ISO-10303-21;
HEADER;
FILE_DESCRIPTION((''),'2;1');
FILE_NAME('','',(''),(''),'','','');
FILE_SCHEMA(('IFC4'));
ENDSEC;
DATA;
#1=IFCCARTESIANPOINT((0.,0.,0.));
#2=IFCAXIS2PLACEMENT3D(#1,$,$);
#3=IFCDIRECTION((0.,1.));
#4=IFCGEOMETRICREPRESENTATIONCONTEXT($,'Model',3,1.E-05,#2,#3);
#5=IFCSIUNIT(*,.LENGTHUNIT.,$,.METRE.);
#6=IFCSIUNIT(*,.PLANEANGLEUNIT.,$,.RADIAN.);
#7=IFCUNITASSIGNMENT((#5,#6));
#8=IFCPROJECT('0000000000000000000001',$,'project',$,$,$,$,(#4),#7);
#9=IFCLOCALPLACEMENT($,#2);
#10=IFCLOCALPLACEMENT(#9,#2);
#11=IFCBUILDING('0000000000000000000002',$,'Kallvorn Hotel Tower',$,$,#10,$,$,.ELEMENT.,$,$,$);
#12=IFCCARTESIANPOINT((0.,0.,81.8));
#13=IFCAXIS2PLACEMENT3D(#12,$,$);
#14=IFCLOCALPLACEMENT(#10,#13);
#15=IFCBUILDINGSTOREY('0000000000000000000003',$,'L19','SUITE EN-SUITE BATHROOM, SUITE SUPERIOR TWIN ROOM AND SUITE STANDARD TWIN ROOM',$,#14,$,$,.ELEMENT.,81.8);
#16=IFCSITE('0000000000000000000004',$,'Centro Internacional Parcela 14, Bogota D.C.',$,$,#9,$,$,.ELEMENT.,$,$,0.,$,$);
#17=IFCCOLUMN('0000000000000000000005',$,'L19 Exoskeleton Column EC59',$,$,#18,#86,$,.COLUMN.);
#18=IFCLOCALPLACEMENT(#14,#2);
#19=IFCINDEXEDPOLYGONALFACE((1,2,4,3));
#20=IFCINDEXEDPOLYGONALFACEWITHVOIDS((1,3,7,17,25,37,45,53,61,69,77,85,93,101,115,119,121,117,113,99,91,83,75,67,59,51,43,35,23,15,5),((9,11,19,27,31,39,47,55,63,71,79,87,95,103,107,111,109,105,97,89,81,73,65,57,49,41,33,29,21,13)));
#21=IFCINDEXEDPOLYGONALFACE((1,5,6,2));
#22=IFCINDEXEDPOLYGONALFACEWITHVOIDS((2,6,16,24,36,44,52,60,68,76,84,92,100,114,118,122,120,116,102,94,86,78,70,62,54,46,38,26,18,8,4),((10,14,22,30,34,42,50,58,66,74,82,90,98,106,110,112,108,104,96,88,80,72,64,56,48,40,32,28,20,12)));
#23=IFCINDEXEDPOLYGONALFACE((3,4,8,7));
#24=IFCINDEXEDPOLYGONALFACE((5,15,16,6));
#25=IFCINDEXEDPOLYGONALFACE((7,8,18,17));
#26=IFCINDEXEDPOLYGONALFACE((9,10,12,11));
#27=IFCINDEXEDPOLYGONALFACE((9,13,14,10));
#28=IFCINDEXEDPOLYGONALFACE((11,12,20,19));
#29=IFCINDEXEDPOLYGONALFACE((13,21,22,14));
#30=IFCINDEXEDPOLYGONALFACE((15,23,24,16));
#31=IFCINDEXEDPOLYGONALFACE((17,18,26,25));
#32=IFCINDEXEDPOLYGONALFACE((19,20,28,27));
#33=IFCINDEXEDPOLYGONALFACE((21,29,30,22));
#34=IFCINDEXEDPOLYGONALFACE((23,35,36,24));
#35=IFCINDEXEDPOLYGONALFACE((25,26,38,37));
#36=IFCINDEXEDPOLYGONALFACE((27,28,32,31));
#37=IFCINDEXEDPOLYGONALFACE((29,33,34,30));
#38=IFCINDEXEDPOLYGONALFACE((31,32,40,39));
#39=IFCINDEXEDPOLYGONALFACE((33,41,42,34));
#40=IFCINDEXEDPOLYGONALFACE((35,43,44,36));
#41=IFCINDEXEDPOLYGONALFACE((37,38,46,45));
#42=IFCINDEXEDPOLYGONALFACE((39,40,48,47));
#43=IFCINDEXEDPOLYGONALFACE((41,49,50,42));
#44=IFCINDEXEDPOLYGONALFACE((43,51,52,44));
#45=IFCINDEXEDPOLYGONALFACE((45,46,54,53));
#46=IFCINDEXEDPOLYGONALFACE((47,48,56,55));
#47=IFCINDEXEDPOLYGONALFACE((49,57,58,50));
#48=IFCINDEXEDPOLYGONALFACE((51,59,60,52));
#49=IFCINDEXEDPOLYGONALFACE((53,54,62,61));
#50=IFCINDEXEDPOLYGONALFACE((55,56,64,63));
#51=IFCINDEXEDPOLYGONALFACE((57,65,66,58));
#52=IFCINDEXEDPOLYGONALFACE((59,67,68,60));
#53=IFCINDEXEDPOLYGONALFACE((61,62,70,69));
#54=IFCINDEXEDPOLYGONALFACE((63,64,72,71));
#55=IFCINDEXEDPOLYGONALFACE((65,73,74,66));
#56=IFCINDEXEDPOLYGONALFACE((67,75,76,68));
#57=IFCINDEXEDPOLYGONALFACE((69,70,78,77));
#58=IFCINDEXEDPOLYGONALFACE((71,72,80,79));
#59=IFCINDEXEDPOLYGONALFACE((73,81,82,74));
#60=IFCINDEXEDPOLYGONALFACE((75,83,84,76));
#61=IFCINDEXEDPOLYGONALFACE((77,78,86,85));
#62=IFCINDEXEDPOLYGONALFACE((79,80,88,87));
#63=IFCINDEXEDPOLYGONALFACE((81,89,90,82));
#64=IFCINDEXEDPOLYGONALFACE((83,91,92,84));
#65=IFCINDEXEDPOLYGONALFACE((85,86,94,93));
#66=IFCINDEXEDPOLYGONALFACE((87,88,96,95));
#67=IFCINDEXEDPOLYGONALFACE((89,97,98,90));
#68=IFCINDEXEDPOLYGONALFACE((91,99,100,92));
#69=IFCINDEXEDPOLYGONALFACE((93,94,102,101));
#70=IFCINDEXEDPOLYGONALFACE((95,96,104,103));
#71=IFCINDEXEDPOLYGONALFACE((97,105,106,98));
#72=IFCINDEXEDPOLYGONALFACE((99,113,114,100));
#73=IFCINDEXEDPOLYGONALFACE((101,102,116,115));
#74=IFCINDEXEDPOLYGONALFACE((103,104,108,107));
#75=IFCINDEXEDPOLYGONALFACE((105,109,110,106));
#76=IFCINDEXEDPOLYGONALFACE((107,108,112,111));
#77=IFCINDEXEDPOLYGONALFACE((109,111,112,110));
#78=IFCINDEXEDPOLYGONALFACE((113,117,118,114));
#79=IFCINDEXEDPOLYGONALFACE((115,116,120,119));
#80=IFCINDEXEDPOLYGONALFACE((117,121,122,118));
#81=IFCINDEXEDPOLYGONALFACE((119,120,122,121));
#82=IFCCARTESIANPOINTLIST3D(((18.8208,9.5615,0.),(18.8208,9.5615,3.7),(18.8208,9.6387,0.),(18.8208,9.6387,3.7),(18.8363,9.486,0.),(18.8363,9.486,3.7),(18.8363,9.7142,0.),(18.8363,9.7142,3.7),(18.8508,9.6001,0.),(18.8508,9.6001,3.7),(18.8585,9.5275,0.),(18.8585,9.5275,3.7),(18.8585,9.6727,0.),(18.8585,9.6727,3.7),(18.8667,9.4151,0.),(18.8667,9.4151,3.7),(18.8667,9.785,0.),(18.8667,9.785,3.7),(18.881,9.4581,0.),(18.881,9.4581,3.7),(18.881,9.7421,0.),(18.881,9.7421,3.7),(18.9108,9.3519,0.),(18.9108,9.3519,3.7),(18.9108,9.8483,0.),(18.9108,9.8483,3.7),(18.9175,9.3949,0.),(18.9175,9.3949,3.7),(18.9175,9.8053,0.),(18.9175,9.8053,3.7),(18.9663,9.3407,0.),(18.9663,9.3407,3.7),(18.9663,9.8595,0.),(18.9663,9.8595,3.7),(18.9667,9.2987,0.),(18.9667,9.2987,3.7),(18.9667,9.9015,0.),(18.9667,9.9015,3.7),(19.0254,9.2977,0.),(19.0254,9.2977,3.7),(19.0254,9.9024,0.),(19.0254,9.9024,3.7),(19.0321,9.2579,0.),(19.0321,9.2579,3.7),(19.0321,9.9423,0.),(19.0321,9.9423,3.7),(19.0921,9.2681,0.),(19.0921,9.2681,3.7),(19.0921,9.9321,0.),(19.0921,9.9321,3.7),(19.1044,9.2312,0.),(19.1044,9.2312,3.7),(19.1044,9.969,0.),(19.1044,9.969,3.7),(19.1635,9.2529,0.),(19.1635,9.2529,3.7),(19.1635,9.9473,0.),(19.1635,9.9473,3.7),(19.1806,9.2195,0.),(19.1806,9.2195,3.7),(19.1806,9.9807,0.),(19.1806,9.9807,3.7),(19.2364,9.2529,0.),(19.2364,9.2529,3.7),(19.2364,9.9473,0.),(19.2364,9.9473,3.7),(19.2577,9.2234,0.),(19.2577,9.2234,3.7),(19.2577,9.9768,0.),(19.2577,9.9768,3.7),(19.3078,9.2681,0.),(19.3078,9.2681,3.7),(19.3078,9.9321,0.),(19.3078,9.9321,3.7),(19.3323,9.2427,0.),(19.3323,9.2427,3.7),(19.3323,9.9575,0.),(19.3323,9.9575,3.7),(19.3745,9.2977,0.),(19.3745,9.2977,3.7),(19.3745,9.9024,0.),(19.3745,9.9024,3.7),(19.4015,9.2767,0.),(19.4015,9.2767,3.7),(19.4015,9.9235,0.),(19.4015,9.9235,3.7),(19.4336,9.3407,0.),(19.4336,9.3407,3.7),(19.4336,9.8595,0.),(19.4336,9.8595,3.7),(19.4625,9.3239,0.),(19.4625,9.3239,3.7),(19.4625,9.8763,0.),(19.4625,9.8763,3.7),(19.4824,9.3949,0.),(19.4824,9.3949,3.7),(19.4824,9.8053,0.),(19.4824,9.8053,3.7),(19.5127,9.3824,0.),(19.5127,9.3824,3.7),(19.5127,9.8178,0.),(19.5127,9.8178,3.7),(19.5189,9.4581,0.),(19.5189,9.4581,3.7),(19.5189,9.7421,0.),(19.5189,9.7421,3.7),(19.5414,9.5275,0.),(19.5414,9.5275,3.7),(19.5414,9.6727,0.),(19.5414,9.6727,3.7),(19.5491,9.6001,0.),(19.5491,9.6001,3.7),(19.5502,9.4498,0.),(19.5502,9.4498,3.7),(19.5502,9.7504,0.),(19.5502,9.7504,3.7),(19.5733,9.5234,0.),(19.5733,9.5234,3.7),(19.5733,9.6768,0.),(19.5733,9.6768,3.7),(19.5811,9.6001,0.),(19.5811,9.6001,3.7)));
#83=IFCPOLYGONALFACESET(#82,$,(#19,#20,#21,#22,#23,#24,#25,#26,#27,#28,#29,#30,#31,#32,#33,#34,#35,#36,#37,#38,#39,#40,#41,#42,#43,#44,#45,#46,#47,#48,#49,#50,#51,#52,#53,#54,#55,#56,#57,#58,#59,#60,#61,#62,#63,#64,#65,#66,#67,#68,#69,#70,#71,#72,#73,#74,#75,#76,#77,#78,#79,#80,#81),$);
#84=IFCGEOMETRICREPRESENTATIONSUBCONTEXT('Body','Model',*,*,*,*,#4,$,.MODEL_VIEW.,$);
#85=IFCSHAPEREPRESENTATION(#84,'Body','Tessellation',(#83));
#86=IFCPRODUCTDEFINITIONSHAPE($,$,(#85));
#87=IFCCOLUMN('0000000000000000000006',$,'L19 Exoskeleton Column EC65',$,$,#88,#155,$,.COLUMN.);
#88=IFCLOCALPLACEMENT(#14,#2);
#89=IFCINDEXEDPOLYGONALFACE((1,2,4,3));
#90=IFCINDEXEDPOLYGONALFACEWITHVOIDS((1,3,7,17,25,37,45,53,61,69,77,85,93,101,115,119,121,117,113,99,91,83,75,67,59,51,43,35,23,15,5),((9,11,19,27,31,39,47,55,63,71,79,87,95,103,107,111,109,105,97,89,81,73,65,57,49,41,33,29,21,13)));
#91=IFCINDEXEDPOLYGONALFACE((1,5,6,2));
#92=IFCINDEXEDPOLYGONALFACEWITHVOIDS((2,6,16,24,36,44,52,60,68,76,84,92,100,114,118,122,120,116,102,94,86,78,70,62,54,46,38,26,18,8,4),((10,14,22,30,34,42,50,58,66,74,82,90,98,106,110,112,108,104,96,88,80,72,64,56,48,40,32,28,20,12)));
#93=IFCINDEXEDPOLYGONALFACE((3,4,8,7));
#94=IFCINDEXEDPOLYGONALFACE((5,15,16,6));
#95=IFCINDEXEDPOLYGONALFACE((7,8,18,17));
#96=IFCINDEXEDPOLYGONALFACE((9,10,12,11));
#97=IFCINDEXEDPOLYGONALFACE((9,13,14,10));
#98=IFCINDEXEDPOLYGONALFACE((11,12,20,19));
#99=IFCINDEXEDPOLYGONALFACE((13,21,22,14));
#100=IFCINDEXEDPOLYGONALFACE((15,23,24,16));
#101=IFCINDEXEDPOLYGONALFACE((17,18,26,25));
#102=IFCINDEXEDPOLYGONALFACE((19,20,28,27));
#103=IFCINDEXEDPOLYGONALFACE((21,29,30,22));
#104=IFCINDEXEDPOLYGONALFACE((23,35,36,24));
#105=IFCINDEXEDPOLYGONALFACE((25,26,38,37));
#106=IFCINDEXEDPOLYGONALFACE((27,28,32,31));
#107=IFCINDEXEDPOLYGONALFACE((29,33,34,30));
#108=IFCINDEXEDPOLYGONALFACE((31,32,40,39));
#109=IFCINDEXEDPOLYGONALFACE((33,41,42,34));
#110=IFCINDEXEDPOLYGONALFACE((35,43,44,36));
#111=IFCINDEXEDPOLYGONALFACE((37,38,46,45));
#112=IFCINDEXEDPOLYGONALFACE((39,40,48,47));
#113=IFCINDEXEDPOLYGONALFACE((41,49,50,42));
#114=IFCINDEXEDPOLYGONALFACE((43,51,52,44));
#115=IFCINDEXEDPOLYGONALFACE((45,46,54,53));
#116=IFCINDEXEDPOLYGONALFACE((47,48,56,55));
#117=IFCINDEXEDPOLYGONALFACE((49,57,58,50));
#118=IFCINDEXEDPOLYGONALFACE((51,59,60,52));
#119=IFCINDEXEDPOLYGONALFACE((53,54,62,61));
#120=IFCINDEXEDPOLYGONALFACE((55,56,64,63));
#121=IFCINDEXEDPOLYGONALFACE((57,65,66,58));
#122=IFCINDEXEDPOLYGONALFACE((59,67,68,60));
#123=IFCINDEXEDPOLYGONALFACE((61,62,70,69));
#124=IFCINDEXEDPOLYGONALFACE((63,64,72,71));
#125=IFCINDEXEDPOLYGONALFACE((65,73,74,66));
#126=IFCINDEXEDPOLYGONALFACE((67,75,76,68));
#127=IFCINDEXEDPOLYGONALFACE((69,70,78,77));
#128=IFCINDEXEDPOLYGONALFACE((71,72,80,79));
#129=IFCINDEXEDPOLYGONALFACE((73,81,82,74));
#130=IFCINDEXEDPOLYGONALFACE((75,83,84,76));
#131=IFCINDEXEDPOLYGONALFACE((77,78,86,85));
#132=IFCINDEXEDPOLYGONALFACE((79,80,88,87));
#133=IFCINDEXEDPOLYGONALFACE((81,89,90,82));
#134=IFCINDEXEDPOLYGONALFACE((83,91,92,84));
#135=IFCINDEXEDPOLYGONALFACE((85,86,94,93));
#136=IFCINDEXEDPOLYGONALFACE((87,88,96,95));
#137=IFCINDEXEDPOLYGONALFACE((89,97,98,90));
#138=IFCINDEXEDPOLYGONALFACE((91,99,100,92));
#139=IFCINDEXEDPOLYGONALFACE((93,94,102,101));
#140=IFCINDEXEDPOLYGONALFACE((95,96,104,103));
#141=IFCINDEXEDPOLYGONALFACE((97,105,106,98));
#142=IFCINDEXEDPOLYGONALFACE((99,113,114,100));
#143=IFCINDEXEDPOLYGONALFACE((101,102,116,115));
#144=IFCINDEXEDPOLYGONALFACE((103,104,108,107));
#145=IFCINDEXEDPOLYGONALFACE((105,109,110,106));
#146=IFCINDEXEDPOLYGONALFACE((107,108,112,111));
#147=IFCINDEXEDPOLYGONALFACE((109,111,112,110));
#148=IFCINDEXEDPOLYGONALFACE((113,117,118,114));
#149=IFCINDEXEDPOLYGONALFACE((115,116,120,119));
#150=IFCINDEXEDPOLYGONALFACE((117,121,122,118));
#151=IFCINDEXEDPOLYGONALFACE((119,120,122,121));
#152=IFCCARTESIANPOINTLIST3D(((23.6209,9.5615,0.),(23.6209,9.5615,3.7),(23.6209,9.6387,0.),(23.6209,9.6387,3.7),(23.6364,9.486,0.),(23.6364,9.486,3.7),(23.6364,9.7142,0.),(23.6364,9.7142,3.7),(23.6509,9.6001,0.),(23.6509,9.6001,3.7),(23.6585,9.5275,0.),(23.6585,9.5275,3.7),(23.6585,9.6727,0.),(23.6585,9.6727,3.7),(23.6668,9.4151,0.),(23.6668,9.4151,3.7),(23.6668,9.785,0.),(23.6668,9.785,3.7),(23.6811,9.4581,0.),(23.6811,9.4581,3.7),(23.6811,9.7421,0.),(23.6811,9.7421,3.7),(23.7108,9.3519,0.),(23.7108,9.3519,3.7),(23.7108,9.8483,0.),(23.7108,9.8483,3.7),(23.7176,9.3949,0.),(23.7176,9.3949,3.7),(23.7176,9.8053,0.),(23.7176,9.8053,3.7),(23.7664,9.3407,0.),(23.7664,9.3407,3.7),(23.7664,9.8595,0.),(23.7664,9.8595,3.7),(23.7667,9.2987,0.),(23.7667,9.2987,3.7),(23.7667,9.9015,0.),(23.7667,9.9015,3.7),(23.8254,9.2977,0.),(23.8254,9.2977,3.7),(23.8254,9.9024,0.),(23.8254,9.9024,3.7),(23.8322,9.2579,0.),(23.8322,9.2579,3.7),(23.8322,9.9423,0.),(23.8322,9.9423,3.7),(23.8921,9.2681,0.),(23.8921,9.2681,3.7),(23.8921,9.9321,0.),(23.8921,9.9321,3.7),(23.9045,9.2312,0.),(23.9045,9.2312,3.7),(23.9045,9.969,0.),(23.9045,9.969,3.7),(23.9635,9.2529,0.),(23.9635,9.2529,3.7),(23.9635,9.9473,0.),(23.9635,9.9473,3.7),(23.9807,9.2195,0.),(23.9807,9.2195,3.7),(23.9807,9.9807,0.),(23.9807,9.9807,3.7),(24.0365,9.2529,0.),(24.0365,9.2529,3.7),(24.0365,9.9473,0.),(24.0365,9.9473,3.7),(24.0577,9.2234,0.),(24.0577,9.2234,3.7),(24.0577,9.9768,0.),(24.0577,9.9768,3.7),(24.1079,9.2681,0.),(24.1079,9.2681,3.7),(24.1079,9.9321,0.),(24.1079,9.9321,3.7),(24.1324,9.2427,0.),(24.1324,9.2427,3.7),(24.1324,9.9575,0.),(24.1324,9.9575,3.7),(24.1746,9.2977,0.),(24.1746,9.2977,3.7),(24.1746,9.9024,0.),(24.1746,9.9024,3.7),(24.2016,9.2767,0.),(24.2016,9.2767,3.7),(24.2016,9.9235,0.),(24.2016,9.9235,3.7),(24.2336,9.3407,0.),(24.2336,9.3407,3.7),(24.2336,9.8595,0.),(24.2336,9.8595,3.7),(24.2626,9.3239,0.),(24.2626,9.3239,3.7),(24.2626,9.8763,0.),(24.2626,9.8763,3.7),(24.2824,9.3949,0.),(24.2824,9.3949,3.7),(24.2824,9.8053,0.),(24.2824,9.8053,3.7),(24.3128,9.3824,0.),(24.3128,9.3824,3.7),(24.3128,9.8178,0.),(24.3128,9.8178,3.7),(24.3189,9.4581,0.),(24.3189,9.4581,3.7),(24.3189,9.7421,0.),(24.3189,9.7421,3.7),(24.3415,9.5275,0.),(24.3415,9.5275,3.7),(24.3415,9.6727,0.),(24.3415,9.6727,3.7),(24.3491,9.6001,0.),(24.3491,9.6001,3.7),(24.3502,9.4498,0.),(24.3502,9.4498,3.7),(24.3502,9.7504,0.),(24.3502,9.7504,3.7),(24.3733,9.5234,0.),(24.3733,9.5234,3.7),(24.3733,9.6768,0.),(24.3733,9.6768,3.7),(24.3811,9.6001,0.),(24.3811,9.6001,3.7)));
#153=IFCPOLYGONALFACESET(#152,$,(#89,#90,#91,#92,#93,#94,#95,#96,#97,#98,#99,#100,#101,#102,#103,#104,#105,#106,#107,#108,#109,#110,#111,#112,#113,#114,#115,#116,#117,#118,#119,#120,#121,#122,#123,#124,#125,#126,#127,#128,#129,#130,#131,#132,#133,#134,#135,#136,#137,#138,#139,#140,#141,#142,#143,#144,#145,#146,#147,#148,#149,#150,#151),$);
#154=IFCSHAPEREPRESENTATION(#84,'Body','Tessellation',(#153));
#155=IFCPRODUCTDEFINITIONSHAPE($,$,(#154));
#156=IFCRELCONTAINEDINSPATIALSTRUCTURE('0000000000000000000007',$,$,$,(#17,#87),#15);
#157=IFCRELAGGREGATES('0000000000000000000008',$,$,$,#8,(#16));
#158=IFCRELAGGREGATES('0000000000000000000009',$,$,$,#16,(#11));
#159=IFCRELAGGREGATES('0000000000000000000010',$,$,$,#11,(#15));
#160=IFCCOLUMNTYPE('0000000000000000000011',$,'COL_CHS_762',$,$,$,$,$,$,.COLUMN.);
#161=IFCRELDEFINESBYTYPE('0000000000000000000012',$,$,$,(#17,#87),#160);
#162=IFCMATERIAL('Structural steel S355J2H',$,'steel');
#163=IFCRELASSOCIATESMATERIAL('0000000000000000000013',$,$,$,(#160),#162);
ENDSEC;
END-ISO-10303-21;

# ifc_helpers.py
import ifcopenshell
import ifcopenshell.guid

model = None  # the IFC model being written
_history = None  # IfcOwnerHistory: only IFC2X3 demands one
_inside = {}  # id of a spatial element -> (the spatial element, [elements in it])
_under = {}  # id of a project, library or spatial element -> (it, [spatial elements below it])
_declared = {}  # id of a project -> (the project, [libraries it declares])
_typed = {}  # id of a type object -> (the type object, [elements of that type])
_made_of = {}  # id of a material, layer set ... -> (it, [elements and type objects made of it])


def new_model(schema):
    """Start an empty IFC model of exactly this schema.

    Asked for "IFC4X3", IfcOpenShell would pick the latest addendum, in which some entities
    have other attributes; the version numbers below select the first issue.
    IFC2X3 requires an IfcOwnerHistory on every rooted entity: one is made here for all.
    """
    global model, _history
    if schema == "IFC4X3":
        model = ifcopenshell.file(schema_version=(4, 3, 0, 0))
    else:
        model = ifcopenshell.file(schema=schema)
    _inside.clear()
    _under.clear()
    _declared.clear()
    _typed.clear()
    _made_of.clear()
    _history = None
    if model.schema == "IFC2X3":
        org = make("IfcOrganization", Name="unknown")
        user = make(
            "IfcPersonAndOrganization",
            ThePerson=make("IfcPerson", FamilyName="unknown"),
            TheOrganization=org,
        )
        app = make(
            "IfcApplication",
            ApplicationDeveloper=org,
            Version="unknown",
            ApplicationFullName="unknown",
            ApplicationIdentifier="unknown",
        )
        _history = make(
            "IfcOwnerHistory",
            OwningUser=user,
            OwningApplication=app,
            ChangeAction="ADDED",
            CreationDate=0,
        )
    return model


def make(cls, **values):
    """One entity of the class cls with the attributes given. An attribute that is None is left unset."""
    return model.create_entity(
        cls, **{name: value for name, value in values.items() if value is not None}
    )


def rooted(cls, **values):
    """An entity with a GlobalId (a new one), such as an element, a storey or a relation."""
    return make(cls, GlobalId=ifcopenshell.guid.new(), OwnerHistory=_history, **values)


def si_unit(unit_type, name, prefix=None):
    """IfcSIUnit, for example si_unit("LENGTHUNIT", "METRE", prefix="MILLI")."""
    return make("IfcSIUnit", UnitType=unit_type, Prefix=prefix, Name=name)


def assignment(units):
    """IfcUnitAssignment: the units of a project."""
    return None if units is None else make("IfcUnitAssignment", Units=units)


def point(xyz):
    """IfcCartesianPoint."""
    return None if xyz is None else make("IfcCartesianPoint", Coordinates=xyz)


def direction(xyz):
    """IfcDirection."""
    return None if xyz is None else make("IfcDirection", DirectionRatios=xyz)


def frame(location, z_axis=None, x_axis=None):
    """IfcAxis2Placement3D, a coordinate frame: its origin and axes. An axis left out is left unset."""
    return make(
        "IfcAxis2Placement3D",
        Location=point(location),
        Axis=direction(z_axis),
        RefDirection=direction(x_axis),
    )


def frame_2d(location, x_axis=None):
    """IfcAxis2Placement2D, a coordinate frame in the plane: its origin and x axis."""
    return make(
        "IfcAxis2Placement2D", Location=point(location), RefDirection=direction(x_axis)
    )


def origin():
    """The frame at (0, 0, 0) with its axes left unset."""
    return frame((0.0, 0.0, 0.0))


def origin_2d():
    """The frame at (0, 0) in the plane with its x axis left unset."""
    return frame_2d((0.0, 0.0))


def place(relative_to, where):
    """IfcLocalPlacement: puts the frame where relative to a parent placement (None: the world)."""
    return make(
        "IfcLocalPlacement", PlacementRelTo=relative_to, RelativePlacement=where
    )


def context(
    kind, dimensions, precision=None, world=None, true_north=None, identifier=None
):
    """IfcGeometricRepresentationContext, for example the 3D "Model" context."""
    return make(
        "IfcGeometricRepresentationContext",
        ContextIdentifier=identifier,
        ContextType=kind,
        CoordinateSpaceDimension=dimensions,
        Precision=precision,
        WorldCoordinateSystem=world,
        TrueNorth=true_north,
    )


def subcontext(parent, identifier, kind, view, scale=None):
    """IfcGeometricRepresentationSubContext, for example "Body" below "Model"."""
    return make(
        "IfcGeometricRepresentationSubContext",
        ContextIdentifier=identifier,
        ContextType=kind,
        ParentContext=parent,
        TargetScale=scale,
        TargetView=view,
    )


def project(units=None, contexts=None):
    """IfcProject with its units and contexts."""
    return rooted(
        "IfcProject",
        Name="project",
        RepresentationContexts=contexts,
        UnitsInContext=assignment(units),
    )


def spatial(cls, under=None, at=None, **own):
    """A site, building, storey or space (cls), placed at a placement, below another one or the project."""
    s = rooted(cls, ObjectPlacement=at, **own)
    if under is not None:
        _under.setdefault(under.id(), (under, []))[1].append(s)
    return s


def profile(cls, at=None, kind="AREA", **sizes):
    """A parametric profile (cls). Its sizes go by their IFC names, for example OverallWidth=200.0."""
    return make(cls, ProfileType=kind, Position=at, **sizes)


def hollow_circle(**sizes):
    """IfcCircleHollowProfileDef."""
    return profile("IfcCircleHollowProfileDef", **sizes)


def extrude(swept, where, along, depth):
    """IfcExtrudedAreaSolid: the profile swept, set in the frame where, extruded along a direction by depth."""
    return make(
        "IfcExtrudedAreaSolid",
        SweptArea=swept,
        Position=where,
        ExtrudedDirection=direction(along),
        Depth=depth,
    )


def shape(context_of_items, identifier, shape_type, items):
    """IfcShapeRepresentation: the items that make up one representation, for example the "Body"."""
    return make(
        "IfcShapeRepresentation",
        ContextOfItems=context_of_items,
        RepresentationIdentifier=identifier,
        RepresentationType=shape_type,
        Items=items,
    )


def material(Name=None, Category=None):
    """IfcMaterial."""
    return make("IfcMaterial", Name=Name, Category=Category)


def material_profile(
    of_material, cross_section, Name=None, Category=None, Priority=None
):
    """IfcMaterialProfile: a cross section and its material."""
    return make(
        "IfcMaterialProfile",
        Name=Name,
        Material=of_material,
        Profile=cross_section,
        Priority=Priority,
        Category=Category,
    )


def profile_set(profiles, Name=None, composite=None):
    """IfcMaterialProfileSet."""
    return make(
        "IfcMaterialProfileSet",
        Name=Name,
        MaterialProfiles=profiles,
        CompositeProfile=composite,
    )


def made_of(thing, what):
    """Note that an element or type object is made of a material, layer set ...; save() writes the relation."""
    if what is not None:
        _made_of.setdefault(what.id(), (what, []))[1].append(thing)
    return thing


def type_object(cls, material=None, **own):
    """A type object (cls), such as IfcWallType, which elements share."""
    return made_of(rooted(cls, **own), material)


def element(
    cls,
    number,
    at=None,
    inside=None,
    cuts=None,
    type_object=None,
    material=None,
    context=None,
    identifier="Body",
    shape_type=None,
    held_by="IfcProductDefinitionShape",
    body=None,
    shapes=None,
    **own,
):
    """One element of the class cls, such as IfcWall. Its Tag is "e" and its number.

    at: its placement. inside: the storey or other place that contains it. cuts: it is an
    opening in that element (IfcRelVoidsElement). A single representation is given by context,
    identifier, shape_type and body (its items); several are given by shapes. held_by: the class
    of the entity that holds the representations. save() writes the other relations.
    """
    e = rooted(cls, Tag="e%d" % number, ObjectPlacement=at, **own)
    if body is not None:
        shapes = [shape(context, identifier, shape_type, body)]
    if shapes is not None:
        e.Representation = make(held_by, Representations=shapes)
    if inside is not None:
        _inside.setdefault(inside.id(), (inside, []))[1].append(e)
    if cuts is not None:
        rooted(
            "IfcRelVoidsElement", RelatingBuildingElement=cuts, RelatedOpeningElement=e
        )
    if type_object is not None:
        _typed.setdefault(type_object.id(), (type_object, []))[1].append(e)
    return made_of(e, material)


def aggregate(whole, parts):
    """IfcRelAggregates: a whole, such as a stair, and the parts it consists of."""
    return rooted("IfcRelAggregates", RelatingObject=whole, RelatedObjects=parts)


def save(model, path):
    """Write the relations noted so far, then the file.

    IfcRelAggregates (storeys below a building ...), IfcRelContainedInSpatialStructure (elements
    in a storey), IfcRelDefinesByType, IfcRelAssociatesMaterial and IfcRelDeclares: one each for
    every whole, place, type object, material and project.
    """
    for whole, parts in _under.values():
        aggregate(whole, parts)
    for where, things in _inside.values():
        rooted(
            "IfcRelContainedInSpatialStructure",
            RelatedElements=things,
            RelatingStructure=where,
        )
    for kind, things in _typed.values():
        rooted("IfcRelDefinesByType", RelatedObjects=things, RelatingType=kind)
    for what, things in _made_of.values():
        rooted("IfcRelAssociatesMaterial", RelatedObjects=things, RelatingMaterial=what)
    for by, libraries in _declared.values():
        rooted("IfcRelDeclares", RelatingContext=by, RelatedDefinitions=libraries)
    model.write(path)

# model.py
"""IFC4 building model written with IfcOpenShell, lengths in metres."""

from ifc_helpers import new_model, si_unit, direction, frame, origin, origin_2d, place, context, subcontext, project, spatial, hollow_circle, extrude, material, material_profile, profile_set, type_object, element, save


model = new_model("IFC4")

# Units and contexts
model_context = context("Model", 3, precision=1e-05, world=origin(), true_north=direction((0.0, 1.0)))
body_context = subcontext(model_context, "Body", "Model", "MODEL_VIEW")
ifc_project = project(units=[si_unit("LENGTHUNIT", "METRE"), si_unit("PLANEANGLEUNIT", "RADIAN")], contexts=[model_context])

# Site, building, storey
site_placement = place(None, origin())
site = spatial("IfcSite", under=ifc_project, at=site_placement, Name="Centro Internacional Parcela 14, Bogota D.C.", CompositionType="ELEMENT", RefElevation=0.0)
building_placement = place(site_placement, origin())
building = spatial("IfcBuilding", under=site, at=building_placement, Name="Kallvorn Hotel Tower", CompositionType="ELEMENT")
storey_placement = place(building_placement, frame((0.0, 0.0, 81.8)))
storey = spatial("IfcBuildingStorey", under=building, at=storey_placement, Name="L19", Description="SUITE EN-SUITE BATHROOM, SUITE SUPERIOR TWIN ROOM AND SUITE STANDARD TWIN ROOM", CompositionType="ELEMENT", Elevation=81.8)

# Columns
ifc_material_1 = material(Name="Structural steel S355J2H", Category="steel")
ifc_material_profile_1 = material_profile(ifc_material_1, hollow_circle(Radius=0.3811, WallThickness=0.032, at=origin_2d()), Name="CHS 762x32")
ifc_profile_set_1 = profile_set([ifc_material_profile_1], Name="Structural steel S355J2H")
column_type_1 = type_object("IfcColumnType", Name="COL_CHS_762", PredefinedType="COLUMN", material=ifc_profile_set_1)
for number, where, z_axis, x_axis, name in (
    (1, (19.2, 9.6001, 0.0), (0.0, 0.0, 1.0), (1.0, 0.0, 0.0), "L19 Exoskeleton Column EC59"),
    (2, (24.0, 9.6001, 0.0), (0.0, 0.0, 1.0), (1.0, 0.0, 0.0), "L19 Exoskeleton Column EC65"),
):
    element("IfcColumn", number, at=place(storey_placement, frame(where, z_axis=z_axis, x_axis=x_axis)), inside=storey, type_object=column_type_1, Name=name, PredefinedType="COLUMN", context=body_context, shape_type="SweptSolid", body=[
        extrude(hollow_circle(Radius=0.3811, WallThickness=0.032, at=origin_2d()), origin(), (0.0, 0.0, 1.0), 3.7),
    ])

save(model, "model.ifc")
